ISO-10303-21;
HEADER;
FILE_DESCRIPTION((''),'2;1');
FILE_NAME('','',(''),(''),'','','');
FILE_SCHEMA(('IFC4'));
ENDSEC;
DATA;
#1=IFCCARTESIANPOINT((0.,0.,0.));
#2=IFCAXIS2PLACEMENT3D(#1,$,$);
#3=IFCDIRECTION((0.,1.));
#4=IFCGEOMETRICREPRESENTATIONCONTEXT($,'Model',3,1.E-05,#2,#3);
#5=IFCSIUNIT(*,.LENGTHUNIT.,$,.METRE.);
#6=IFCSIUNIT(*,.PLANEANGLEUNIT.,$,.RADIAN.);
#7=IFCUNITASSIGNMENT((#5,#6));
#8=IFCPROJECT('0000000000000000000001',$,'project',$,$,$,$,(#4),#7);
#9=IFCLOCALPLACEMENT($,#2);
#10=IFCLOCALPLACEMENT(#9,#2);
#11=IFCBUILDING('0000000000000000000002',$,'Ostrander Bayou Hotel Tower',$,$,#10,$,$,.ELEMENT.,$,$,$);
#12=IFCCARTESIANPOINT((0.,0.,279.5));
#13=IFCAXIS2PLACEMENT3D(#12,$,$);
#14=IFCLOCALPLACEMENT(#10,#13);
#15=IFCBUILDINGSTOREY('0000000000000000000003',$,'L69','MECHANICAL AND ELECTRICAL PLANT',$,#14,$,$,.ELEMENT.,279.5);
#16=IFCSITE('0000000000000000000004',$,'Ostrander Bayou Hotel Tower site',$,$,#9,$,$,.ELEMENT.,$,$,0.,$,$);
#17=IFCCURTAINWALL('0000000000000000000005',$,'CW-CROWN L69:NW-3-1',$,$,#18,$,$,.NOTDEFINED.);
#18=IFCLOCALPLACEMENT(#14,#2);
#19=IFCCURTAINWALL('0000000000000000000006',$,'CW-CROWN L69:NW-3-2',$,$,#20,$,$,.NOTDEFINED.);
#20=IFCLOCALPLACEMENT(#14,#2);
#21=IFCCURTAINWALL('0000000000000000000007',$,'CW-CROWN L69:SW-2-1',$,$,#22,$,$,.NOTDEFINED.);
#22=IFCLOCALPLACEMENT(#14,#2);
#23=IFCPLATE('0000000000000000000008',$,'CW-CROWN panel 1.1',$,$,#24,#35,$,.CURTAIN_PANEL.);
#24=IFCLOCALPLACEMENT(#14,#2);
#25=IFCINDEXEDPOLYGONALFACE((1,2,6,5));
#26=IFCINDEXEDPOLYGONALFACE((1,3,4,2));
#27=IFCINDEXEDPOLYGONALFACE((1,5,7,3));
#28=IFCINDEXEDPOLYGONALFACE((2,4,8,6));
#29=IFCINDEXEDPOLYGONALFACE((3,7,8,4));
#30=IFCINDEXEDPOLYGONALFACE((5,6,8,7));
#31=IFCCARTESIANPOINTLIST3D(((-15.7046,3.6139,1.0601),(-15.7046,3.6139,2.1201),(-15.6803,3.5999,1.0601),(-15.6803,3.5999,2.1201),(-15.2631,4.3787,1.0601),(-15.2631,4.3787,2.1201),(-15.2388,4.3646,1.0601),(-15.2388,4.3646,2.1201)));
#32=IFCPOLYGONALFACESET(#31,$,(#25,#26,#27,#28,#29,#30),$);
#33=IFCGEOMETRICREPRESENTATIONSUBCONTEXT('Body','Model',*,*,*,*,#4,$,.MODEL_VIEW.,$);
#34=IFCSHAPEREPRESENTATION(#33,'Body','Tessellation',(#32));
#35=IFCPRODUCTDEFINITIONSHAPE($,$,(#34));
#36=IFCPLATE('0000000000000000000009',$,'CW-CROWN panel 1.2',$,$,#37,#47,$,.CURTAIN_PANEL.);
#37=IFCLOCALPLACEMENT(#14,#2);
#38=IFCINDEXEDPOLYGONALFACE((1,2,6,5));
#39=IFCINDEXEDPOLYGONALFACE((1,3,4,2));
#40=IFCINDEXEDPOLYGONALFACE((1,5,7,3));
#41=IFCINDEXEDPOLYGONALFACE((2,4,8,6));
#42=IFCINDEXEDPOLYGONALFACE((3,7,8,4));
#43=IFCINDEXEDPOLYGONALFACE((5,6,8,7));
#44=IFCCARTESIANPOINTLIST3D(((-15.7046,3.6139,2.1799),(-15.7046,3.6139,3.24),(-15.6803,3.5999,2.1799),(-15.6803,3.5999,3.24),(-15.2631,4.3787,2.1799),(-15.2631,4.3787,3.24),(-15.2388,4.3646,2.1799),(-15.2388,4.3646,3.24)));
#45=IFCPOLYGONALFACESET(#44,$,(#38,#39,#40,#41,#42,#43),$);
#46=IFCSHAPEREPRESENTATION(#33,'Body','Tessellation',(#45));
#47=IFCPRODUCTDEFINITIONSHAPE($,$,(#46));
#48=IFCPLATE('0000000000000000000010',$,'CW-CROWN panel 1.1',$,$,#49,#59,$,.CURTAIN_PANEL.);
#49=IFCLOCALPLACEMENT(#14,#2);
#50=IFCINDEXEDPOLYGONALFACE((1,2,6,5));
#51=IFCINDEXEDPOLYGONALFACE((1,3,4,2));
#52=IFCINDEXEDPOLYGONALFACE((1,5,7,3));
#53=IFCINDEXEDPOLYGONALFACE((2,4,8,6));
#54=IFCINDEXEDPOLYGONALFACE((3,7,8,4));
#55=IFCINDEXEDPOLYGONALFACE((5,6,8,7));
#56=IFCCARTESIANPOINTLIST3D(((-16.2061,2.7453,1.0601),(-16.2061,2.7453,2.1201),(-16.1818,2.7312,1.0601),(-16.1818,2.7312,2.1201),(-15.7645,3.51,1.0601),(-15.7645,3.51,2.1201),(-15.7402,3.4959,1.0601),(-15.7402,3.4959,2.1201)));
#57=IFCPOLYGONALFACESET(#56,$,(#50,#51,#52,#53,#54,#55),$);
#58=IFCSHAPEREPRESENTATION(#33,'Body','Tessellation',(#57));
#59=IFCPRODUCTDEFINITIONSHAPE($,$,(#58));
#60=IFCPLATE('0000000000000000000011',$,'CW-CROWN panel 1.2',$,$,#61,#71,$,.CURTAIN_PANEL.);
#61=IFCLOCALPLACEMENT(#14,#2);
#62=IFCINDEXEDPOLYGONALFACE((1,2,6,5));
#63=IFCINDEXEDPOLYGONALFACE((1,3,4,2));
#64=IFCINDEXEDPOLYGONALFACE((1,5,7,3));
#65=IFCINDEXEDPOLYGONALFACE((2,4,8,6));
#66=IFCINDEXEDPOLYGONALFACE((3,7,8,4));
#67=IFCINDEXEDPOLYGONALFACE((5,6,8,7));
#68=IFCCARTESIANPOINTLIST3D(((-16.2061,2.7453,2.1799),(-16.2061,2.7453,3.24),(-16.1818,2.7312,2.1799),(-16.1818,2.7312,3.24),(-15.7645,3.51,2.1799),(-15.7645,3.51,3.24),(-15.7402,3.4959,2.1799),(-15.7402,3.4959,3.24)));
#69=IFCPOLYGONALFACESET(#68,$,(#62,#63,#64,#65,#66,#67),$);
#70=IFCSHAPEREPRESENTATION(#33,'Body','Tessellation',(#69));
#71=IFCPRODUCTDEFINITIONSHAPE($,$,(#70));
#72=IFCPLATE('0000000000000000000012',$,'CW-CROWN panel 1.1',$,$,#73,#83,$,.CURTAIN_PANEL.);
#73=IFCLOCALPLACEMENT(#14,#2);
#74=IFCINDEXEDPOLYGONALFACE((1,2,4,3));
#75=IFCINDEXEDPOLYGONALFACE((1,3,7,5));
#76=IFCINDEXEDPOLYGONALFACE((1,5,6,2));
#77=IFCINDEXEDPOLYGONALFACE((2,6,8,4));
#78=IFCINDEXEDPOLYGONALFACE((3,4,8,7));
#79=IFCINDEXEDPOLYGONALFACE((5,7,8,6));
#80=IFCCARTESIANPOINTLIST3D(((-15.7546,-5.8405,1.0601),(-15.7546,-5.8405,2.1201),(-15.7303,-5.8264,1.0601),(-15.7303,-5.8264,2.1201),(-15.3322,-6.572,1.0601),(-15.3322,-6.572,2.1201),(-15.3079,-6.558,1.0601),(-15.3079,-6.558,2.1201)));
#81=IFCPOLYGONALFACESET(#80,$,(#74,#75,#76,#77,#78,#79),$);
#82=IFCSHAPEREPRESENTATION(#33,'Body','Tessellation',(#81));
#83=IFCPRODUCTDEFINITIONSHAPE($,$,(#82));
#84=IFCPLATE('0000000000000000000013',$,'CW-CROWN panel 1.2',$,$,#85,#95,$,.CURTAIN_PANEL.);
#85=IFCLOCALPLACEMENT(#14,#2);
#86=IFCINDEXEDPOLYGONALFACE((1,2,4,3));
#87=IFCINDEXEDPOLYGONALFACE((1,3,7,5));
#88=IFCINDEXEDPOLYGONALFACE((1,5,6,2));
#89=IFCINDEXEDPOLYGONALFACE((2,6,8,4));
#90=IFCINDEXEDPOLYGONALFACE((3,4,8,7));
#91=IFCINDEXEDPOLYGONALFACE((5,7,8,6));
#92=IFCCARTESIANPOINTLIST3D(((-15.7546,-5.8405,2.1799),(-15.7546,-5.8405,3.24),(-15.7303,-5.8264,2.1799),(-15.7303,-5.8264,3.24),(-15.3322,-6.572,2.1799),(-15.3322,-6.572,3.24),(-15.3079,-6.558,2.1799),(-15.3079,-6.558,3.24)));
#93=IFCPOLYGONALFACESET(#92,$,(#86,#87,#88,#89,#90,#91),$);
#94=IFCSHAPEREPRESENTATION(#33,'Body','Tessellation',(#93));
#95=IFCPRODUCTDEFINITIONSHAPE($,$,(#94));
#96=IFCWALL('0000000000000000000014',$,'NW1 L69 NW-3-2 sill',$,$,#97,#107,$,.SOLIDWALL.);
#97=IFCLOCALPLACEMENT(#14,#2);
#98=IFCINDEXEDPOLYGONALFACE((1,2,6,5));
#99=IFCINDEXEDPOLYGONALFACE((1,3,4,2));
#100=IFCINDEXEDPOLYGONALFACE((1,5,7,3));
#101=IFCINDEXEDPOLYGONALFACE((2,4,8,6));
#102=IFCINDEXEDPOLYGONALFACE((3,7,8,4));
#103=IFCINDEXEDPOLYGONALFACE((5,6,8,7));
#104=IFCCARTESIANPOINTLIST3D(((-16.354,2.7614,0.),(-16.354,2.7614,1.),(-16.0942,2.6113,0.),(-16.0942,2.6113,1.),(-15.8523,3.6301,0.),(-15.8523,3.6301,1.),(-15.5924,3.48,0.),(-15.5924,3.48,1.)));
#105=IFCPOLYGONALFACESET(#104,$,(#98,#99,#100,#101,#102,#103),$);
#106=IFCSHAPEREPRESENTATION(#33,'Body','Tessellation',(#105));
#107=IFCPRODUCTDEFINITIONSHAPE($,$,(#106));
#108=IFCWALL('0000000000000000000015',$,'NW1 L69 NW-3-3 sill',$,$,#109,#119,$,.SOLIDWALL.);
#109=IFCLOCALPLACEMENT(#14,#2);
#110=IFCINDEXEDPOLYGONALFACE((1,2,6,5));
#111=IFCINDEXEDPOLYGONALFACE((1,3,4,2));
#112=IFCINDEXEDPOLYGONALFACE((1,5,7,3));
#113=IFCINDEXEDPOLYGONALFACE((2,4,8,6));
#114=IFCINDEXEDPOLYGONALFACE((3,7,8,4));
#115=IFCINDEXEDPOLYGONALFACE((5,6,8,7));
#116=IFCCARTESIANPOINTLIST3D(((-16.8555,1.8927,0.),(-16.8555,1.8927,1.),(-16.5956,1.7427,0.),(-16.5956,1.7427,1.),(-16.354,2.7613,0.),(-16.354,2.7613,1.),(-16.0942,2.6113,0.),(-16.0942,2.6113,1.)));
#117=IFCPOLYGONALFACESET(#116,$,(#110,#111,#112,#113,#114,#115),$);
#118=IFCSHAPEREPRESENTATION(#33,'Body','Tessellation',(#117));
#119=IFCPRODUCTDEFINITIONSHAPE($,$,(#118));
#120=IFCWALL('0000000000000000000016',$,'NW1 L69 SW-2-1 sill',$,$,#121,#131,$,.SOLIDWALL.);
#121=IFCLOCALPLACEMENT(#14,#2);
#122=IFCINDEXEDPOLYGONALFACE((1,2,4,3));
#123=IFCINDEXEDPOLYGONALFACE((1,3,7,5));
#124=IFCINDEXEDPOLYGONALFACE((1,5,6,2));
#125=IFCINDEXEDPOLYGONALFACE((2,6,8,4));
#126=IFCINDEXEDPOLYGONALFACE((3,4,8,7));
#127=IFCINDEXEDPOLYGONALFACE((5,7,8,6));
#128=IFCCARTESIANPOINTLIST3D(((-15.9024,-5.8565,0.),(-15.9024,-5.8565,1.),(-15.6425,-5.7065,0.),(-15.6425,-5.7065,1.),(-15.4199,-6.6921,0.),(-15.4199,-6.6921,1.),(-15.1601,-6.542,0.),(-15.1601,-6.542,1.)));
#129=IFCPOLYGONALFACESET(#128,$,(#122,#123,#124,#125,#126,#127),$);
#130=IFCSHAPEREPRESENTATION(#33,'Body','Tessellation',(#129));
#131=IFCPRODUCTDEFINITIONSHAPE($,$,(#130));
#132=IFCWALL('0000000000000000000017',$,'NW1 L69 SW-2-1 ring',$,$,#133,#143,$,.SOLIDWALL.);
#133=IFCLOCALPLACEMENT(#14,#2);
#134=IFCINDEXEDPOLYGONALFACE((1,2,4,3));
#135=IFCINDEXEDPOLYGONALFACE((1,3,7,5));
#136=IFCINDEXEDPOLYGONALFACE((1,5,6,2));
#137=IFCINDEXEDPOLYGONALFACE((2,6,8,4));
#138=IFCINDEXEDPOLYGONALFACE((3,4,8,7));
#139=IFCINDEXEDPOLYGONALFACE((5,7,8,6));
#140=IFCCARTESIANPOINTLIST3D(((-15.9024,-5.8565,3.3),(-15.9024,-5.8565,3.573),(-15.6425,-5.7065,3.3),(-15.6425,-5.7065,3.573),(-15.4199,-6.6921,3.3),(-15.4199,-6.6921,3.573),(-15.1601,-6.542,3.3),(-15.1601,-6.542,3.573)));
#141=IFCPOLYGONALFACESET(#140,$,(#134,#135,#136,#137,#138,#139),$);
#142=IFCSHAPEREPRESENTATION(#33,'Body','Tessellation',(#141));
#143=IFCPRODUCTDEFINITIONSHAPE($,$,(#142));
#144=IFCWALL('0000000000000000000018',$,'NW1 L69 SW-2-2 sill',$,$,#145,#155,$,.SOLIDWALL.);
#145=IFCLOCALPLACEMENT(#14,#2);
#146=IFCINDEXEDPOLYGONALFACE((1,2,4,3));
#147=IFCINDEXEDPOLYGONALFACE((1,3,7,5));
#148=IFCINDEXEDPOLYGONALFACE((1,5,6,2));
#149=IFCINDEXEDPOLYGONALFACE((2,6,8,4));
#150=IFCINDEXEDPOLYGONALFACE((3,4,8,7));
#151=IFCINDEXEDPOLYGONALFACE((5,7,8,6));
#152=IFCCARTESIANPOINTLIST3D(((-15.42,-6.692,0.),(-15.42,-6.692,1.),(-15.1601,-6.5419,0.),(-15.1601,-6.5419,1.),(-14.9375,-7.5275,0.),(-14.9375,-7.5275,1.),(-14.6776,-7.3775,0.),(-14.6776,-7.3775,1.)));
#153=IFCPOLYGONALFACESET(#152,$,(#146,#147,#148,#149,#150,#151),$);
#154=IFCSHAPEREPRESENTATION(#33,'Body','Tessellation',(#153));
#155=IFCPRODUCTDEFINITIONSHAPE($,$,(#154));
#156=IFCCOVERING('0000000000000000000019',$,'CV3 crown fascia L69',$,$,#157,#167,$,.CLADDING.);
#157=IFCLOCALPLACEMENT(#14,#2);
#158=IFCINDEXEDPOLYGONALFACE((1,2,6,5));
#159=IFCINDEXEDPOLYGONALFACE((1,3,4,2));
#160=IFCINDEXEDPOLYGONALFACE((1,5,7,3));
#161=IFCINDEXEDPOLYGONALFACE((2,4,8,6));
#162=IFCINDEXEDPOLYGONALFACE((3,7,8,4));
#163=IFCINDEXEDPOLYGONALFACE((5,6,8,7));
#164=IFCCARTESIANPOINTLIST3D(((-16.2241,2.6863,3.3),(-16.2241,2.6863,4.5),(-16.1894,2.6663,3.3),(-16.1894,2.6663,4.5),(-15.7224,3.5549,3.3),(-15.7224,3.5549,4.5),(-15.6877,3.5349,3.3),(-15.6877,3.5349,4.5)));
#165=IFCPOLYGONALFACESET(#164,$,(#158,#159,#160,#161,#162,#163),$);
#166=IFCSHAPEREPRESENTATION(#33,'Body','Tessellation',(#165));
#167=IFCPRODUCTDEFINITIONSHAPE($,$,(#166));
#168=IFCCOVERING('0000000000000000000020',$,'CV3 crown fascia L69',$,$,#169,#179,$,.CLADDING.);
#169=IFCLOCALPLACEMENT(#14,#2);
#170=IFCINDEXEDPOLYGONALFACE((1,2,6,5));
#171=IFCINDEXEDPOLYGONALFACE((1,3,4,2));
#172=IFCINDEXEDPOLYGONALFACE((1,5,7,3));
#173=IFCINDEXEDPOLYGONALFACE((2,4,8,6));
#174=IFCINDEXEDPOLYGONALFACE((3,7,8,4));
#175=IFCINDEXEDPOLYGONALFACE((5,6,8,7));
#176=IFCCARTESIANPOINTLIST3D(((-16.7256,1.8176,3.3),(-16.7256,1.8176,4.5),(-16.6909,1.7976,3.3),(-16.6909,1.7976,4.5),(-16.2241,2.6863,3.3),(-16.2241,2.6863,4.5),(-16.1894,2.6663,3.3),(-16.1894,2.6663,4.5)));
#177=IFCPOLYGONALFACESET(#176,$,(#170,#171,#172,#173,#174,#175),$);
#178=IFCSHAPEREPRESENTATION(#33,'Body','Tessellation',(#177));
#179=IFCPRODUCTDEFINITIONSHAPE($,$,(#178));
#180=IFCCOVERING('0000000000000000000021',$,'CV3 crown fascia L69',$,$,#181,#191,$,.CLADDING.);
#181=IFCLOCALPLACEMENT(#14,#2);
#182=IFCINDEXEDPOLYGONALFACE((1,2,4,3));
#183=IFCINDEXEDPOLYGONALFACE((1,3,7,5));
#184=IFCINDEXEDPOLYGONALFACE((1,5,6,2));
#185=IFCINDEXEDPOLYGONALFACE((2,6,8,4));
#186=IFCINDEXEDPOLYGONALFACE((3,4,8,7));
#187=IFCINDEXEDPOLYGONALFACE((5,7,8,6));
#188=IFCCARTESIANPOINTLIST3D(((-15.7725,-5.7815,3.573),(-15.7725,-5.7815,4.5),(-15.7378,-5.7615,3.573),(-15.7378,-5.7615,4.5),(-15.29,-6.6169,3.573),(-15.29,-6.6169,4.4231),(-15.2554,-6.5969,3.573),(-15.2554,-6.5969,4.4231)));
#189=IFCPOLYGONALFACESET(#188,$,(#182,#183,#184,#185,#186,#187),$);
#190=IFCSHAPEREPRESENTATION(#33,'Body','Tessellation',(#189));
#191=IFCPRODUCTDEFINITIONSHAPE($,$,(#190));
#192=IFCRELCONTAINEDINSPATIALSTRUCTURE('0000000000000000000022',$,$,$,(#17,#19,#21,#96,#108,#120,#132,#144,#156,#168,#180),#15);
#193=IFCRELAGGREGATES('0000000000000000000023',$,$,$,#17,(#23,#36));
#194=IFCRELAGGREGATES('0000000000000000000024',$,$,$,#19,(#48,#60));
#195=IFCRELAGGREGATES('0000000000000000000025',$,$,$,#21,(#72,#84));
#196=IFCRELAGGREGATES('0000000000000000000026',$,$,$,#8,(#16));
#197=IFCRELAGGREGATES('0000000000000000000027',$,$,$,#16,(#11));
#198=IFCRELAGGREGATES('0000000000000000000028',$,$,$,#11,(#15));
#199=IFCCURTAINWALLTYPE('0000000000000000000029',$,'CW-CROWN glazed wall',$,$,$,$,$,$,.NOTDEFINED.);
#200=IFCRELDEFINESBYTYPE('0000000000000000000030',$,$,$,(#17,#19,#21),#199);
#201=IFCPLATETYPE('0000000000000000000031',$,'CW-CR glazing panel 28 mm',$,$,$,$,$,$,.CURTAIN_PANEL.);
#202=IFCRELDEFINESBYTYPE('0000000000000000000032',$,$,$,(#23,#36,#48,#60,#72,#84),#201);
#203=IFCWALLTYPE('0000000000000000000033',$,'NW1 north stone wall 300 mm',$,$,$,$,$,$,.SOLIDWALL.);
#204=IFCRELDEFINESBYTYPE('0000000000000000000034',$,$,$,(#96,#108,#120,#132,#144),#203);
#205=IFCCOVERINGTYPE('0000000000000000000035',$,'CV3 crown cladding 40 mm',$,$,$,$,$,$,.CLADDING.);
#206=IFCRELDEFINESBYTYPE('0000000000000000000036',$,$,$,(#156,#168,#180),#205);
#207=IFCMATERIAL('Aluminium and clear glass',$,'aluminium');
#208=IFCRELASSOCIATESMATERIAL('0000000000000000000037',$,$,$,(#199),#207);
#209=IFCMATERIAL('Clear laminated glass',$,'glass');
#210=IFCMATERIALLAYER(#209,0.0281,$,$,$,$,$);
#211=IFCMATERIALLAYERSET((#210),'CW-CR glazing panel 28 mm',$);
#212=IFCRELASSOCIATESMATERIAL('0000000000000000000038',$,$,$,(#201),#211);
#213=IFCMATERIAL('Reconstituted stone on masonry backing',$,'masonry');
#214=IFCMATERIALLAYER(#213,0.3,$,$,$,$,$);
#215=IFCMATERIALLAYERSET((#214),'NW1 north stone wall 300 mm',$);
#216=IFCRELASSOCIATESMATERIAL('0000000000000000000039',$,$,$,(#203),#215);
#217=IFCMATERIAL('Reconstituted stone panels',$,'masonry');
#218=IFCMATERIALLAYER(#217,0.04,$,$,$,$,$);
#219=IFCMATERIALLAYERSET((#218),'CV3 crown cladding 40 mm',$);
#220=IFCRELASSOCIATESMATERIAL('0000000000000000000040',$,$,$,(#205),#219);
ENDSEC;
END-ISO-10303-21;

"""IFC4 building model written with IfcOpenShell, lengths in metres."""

from ifc_helpers import new_model, si_unit, direction, frame, frame_2d, origin, origin_2d, place, context, subcontext, project, spatial, polyline, rectangle, outline, extrude, material, layer, layer_set, type_object, element, aggregate, save


model = new_model("IFC4")

# Units and contexts
model_context = context("Model", 3, precision=1e-05, world=origin(), true_north=direction((0.0, 1.0)))
body_context = subcontext(model_context, "Body", "Model", "MODEL_VIEW")
ifc_project = project(units=[si_unit("LENGTHUNIT", "METRE"), si_unit("PLANEANGLEUNIT", "RADIAN")], contexts=[model_context])

# Site, building, storey
site_placement = place(None, origin())
site = spatial("IfcSite", under=ifc_project, at=site_placement, Name="Ostrander Bayou Hotel Tower site", CompositionType="ELEMENT", RefElevation=0.0)
building_placement = place(site_placement, origin())
building = spatial("IfcBuilding", under=site, at=building_placement, Name="Ostrander Bayou Hotel Tower", CompositionType="ELEMENT")
storey_placement = place(building_placement, frame((0.0, 0.0, 279.5)))
storey = spatial("IfcBuildingStorey", under=building, at=storey_placement, Name="L69", Description="MECHANICAL AND ELECTRICAL PLANT", CompositionType="ELEMENT", Elevation=279.5)

# Curtain wall
ifc_material_1 = material(Name="Aluminium and clear glass", Category="aluminium")
curtain_wall_type = type_object("IfcCurtainWallType", Name="CW-CROWN glazed wall", PredefinedType="NOTDEFINED", material=ifc_material_1)
curtain_wall_1_placement = place(storey_placement, origin())
curtain_wall_1 = element("IfcCurtainWall", 1, at=curtain_wall_1_placement, inside=storey, type_object=curtain_wall_type, Name="CW-CROWN L69:NW-3-1", PredefinedType="NOTDEFINED")

# Curtain wall
curtain_wall_2_placement = place(storey_placement, origin())
curtain_wall_2 = element("IfcCurtainWall", 2, at=curtain_wall_2_placement, inside=storey, type_object=curtain_wall_type, Name="CW-CROWN L69:NW-3-2", PredefinedType="NOTDEFINED")

# Curtain wall
curtain_wall_3_placement = place(storey_placement, origin())
curtain_wall_3 = element("IfcCurtainWall", 3, at=curtain_wall_3_placement, inside=storey, type_object=curtain_wall_type, Name="CW-CROWN L69:SW-2-1", PredefinedType="NOTDEFINED")

# Plates
ifc_material_2 = material(Name="Clear laminated glass", Category="glass")
ifc_layer_1 = layer(ifc_material_2, 0.0281)
ifc_layer_set_1 = layer_set([ifc_layer_1], Name="CW-CR glazing panel 28 mm")
plate_type = type_object("IfcPlateType", Name="CW-CR glazing panel 28 mm", PredefinedType="CURTAIN_PANEL", material=ifc_layer_set_1)
plate_1_placement = place(storey_placement, frame((-15.4717, 3.9893, 1.0601), z_axis=(0.0, 0.0, 1.0), x_axis=(-0.499967, -0.866044, 0.0)))
plate_1 = element("IfcPlate", 4, at=plate_1_placement, type_object=plate_type, Name="CW-CROWN panel 1.1", PredefinedType="CURTAIN_PANEL", context=body_context, shape_type="SweptSolid", body=[
    extrude(rectangle(XDim=0.8831, YDim=0.0281, at=origin_2d()), origin(), (0.0, 0.0, 1.0), 1.0601),
])
plate_2_placement = place(storey_placement, frame((-15.4717, 3.9893, 2.1799), z_axis=(0.0, 0.0, 1.0), x_axis=(-0.499967, -0.866044, 0.0)))
plate_2 = element("IfcPlate", 5, at=plate_2_placement, type_object=plate_type, Name="CW-CROWN panel 1.2", PredefinedType="CURTAIN_PANEL", context=body_context, shape_type="SweptSolid", body=[
    extrude(rectangle(XDim=0.8831, YDim=0.0281, at=origin_2d()), origin(), (0.0, 0.0, 1.0), 1.0601),
])
aggregate(curtain_wall_1, [plate_1, plate_2])
plate_3_placement = place(storey_placement, frame((-15.9731, 3.1206, 1.0601), z_axis=(0.0, 0.0, 1.0), x_axis=(-0.500042, -0.866001, 0.0)))
plate_3 = element("IfcPlate", 6, at=plate_3_placement, type_object=plate_type, Name="CW-CROWN panel 1.1", PredefinedType="CURTAIN_PANEL", context=body_context, shape_type="SweptSolid", body=[
    extrude(rectangle(XDim=0.8831, YDim=0.0281, at=origin_2d()), origin(), (0.0, 0.0, 1.0), 1.0601),
])
plate_4_placement = place(storey_placement, frame((-15.9731, 3.1206, 2.1799), z_axis=(0.0, 0.0, 1.0), x_axis=(-0.500042, -0.866001, 0.0)))
plate_4 = element("IfcPlate", 7, at=plate_4_placement, type_object=plate_type, Name="CW-CROWN panel 1.2", PredefinedType="CURTAIN_PANEL", context=body_context, shape_type="SweptSolid", body=[
    extrude(rectangle(XDim=0.8831, YDim=0.0281, at=origin_2d()), origin(), (0.0, 0.0, 1.0), 1.0601),
])
aggregate(curtain_wall_2, [plate_3, plate_4])
plate_5_placement = place(storey_placement, frame((-15.5312, -6.1992, 1.0601), z_axis=(0.0, 0.0, 1.0), x_axis=(0.500019, -0.866015, 0.0)))
plate_5 = element("IfcPlate", 8, at=plate_5_placement, type_object=plate_type, Name="CW-CROWN panel 1.1", PredefinedType="CURTAIN_PANEL", context=body_context, shape_type="SweptSolid", body=[
    extrude(rectangle(XDim=0.8447, YDim=0.0281, at=origin_2d()), origin(), (0.0, 0.0, 1.0), 1.0601),
])
plate_6_placement = place(storey_placement, frame((-15.5312, -6.1992, 2.1799), z_axis=(0.0, 0.0, 1.0), x_axis=(0.500019, -0.866015, 0.0)))
plate_6 = element("IfcPlate", 9, at=plate_6_placement, type_object=plate_type, Name="CW-CROWN panel 1.2", PredefinedType="CURTAIN_PANEL", context=body_context, shape_type="SweptSolid", body=[
    extrude(rectangle(XDim=0.8447, YDim=0.0281, at=origin_2d()), origin(), (0.0, 0.0, 1.0), 1.0601),
])
aggregate(curtain_wall_3, [plate_5, plate_6])

# Walls
ifc_material_3 = material(Name="Reconstituted stone on masonry backing", Category="masonry")
ifc_layer_2 = layer(ifc_material_3, 0.3)
ifc_layer_set_2 = layer_set([ifc_layer_2], Name="NW1 north stone wall 300 mm")
wall_type = type_object("IfcWallType", Name="NW1 north stone wall 300 mm", PredefinedType="SOLIDWALL", material=ifc_layer_set_2)
wall_1_placement = place(storey_placement, frame((-15.7224, 3.5549, 0.0), z_axis=(0.0, 0.0, 1.0), x_axis=(-0.500144, -0.865942, 0.0)))
element("IfcWall", 10, at=wall_1_placement, inside=storey, type_object=wall_type, Name="NW1 L69 NW-3-2 sill", PredefinedType="SOLIDWALL", context=body_context, shape_type="SweptSolid", body=[
    extrude(rectangle(XDim=1.0032, YDim=0.3, at=frame_2d((0.5015, 0.0))), origin(), (0.0, 0.0, 1.0), 1.0),
])
wall_2_placement = place(storey_placement, frame((-16.2241, 2.6863, 0.0), z_axis=(0.0, 0.0, 1.0), x_axis=(-0.499961, -0.866048, 0.0)))
element("IfcWall", 11, at=wall_2_placement, inside=storey, type_object=wall_type, Name="NW1 L69 NW-3-3 sill", PredefinedType="SOLIDWALL", context=body_context, shape_type="SweptSolid", body=[
    extrude(rectangle(XDim=1.0029, YDim=0.3, at=frame_2d((0.5015, 0.0))), origin(), (0.0, 0.0, 1.0), 1.0),
])
wall_3_placement = place(storey_placement, frame((-15.7725, -5.7815, 0.0), z_axis=(0.0, 0.0, 1.0), x_axis=(0.500058, -0.865992, 0.0)))
element("IfcWall", 12, at=wall_3_placement, inside=storey, type_object=wall_type, Name="NW1 L69 SW-2-1 sill", PredefinedType="SOLIDWALL", context=body_context, shape_type="SweptSolid", body=[
    extrude(rectangle(XDim=0.9648, YDim=0.3, at=frame_2d((0.4824, 0.0))), origin(), (0.0, 0.0, 1.0), 1.0),
])
wall_4_placement = place(storey_placement, frame((-15.7725, -5.7815, 3.3), z_axis=(0.0, 0.0, 1.0), x_axis=(0.500058, -0.865992, 0.0)))
element("IfcWall", 13, at=wall_4_placement, inside=storey, type_object=wall_type, Name="NW1 L69 SW-2-1 ring", PredefinedType="SOLIDWALL", context=body_context, shape_type="SweptSolid", body=[
    extrude(rectangle(XDim=0.9648, YDim=0.3, at=frame_2d((0.4824, 0.0))), origin(), (0.0, 0.0, 1.0), 0.2729),
])
wall_5_placement = place(storey_placement, frame((-15.29, -6.6169, 0.0), z_axis=(0.0, 0.0, 1.0), x_axis=(0.500058, -0.865992, 0.0)))
element("IfcWall", 14, at=wall_5_placement, inside=storey, type_object=wall_type, Name="NW1 L69 SW-2-2 sill", PredefinedType="SOLIDWALL", context=body_context, shape_type="SweptSolid", body=[
    extrude(rectangle(XDim=0.9648, YDim=0.3, at=frame_2d((0.4824, 0.0))), origin(), (0.0, 0.0, 1.0), 1.0),
])

# Coverings
ifc_material_4 = material(Name="Reconstituted stone panels", Category="masonry")
ifc_layer_3 = layer(ifc_material_4, 0.04)
ifc_layer_set_3 = layer_set([ifc_layer_3], Name="CV3 crown cladding 40 mm")
covering_type = type_object("IfcCoveringType", Name="CV3 crown cladding 40 mm", PredefinedType="CLADDING", material=ifc_layer_set_3)
covering_1_placement = place(storey_placement, frame((-15.7224, 3.5549, 3.3), z_axis=(-0.865942, 0.500144, 0.0), x_axis=(-0.500144, -0.865942, 0.0)))
element("IfcCovering", 15, at=covering_1_placement, inside=storey, type_object=covering_type, Name="CV3 crown fascia L69", PredefinedType="CLADDING", context=body_context, shape_type="SweptSolid", body=[
    extrude(outline(polyline([(0.0, 0.0), (1.0031, 0.0), (1.0031, 1.2), (0.0, 1.2), (0.0, 0.0)])), origin(), (0.0, 0.0, -1.0), 0.04),
])
covering_2_placement = place(storey_placement, frame((-16.2241, 2.6863, 3.3), z_axis=(-0.866048, 0.499961, 0.0), x_axis=(-0.499961, -0.866048, 0.0)))
element("IfcCovering", 16, at=covering_2_placement, inside=storey, type_object=covering_type, Name="CV3 crown fascia L69", PredefinedType="CLADDING", context=body_context, shape_type="SweptSolid", body=[
    extrude(outline(polyline([(0.0, 0.0), (1.003, 0.0), (1.003, 1.2), (0.0, 1.2), (0.0, 0.0)])), origin(), (0.0, 0.0, -1.0), 0.04),
])
covering_3_placement = place(storey_placement, frame((-15.7725, -5.7815, 3.573), z_axis=(-0.865992, -0.500058, 0.0), x_axis=(0.500058, -0.865992, 0.0)))
element("IfcCovering", 17, at=covering_3_placement, inside=storey, type_object=covering_type, Name="CV3 crown fascia L69", PredefinedType="CLADDING", context=body_context, shape_type="SweptSolid", body=[
    extrude(outline(polyline([(0.0, 0.0), (0.9647, 0.0), (0.9647, 0.8501), (0.0, 0.927), (0.0, 0.0)])), origin(), (0.0, 0.0, -1.0), 0.04),
])

save(model, "model.ifc")
